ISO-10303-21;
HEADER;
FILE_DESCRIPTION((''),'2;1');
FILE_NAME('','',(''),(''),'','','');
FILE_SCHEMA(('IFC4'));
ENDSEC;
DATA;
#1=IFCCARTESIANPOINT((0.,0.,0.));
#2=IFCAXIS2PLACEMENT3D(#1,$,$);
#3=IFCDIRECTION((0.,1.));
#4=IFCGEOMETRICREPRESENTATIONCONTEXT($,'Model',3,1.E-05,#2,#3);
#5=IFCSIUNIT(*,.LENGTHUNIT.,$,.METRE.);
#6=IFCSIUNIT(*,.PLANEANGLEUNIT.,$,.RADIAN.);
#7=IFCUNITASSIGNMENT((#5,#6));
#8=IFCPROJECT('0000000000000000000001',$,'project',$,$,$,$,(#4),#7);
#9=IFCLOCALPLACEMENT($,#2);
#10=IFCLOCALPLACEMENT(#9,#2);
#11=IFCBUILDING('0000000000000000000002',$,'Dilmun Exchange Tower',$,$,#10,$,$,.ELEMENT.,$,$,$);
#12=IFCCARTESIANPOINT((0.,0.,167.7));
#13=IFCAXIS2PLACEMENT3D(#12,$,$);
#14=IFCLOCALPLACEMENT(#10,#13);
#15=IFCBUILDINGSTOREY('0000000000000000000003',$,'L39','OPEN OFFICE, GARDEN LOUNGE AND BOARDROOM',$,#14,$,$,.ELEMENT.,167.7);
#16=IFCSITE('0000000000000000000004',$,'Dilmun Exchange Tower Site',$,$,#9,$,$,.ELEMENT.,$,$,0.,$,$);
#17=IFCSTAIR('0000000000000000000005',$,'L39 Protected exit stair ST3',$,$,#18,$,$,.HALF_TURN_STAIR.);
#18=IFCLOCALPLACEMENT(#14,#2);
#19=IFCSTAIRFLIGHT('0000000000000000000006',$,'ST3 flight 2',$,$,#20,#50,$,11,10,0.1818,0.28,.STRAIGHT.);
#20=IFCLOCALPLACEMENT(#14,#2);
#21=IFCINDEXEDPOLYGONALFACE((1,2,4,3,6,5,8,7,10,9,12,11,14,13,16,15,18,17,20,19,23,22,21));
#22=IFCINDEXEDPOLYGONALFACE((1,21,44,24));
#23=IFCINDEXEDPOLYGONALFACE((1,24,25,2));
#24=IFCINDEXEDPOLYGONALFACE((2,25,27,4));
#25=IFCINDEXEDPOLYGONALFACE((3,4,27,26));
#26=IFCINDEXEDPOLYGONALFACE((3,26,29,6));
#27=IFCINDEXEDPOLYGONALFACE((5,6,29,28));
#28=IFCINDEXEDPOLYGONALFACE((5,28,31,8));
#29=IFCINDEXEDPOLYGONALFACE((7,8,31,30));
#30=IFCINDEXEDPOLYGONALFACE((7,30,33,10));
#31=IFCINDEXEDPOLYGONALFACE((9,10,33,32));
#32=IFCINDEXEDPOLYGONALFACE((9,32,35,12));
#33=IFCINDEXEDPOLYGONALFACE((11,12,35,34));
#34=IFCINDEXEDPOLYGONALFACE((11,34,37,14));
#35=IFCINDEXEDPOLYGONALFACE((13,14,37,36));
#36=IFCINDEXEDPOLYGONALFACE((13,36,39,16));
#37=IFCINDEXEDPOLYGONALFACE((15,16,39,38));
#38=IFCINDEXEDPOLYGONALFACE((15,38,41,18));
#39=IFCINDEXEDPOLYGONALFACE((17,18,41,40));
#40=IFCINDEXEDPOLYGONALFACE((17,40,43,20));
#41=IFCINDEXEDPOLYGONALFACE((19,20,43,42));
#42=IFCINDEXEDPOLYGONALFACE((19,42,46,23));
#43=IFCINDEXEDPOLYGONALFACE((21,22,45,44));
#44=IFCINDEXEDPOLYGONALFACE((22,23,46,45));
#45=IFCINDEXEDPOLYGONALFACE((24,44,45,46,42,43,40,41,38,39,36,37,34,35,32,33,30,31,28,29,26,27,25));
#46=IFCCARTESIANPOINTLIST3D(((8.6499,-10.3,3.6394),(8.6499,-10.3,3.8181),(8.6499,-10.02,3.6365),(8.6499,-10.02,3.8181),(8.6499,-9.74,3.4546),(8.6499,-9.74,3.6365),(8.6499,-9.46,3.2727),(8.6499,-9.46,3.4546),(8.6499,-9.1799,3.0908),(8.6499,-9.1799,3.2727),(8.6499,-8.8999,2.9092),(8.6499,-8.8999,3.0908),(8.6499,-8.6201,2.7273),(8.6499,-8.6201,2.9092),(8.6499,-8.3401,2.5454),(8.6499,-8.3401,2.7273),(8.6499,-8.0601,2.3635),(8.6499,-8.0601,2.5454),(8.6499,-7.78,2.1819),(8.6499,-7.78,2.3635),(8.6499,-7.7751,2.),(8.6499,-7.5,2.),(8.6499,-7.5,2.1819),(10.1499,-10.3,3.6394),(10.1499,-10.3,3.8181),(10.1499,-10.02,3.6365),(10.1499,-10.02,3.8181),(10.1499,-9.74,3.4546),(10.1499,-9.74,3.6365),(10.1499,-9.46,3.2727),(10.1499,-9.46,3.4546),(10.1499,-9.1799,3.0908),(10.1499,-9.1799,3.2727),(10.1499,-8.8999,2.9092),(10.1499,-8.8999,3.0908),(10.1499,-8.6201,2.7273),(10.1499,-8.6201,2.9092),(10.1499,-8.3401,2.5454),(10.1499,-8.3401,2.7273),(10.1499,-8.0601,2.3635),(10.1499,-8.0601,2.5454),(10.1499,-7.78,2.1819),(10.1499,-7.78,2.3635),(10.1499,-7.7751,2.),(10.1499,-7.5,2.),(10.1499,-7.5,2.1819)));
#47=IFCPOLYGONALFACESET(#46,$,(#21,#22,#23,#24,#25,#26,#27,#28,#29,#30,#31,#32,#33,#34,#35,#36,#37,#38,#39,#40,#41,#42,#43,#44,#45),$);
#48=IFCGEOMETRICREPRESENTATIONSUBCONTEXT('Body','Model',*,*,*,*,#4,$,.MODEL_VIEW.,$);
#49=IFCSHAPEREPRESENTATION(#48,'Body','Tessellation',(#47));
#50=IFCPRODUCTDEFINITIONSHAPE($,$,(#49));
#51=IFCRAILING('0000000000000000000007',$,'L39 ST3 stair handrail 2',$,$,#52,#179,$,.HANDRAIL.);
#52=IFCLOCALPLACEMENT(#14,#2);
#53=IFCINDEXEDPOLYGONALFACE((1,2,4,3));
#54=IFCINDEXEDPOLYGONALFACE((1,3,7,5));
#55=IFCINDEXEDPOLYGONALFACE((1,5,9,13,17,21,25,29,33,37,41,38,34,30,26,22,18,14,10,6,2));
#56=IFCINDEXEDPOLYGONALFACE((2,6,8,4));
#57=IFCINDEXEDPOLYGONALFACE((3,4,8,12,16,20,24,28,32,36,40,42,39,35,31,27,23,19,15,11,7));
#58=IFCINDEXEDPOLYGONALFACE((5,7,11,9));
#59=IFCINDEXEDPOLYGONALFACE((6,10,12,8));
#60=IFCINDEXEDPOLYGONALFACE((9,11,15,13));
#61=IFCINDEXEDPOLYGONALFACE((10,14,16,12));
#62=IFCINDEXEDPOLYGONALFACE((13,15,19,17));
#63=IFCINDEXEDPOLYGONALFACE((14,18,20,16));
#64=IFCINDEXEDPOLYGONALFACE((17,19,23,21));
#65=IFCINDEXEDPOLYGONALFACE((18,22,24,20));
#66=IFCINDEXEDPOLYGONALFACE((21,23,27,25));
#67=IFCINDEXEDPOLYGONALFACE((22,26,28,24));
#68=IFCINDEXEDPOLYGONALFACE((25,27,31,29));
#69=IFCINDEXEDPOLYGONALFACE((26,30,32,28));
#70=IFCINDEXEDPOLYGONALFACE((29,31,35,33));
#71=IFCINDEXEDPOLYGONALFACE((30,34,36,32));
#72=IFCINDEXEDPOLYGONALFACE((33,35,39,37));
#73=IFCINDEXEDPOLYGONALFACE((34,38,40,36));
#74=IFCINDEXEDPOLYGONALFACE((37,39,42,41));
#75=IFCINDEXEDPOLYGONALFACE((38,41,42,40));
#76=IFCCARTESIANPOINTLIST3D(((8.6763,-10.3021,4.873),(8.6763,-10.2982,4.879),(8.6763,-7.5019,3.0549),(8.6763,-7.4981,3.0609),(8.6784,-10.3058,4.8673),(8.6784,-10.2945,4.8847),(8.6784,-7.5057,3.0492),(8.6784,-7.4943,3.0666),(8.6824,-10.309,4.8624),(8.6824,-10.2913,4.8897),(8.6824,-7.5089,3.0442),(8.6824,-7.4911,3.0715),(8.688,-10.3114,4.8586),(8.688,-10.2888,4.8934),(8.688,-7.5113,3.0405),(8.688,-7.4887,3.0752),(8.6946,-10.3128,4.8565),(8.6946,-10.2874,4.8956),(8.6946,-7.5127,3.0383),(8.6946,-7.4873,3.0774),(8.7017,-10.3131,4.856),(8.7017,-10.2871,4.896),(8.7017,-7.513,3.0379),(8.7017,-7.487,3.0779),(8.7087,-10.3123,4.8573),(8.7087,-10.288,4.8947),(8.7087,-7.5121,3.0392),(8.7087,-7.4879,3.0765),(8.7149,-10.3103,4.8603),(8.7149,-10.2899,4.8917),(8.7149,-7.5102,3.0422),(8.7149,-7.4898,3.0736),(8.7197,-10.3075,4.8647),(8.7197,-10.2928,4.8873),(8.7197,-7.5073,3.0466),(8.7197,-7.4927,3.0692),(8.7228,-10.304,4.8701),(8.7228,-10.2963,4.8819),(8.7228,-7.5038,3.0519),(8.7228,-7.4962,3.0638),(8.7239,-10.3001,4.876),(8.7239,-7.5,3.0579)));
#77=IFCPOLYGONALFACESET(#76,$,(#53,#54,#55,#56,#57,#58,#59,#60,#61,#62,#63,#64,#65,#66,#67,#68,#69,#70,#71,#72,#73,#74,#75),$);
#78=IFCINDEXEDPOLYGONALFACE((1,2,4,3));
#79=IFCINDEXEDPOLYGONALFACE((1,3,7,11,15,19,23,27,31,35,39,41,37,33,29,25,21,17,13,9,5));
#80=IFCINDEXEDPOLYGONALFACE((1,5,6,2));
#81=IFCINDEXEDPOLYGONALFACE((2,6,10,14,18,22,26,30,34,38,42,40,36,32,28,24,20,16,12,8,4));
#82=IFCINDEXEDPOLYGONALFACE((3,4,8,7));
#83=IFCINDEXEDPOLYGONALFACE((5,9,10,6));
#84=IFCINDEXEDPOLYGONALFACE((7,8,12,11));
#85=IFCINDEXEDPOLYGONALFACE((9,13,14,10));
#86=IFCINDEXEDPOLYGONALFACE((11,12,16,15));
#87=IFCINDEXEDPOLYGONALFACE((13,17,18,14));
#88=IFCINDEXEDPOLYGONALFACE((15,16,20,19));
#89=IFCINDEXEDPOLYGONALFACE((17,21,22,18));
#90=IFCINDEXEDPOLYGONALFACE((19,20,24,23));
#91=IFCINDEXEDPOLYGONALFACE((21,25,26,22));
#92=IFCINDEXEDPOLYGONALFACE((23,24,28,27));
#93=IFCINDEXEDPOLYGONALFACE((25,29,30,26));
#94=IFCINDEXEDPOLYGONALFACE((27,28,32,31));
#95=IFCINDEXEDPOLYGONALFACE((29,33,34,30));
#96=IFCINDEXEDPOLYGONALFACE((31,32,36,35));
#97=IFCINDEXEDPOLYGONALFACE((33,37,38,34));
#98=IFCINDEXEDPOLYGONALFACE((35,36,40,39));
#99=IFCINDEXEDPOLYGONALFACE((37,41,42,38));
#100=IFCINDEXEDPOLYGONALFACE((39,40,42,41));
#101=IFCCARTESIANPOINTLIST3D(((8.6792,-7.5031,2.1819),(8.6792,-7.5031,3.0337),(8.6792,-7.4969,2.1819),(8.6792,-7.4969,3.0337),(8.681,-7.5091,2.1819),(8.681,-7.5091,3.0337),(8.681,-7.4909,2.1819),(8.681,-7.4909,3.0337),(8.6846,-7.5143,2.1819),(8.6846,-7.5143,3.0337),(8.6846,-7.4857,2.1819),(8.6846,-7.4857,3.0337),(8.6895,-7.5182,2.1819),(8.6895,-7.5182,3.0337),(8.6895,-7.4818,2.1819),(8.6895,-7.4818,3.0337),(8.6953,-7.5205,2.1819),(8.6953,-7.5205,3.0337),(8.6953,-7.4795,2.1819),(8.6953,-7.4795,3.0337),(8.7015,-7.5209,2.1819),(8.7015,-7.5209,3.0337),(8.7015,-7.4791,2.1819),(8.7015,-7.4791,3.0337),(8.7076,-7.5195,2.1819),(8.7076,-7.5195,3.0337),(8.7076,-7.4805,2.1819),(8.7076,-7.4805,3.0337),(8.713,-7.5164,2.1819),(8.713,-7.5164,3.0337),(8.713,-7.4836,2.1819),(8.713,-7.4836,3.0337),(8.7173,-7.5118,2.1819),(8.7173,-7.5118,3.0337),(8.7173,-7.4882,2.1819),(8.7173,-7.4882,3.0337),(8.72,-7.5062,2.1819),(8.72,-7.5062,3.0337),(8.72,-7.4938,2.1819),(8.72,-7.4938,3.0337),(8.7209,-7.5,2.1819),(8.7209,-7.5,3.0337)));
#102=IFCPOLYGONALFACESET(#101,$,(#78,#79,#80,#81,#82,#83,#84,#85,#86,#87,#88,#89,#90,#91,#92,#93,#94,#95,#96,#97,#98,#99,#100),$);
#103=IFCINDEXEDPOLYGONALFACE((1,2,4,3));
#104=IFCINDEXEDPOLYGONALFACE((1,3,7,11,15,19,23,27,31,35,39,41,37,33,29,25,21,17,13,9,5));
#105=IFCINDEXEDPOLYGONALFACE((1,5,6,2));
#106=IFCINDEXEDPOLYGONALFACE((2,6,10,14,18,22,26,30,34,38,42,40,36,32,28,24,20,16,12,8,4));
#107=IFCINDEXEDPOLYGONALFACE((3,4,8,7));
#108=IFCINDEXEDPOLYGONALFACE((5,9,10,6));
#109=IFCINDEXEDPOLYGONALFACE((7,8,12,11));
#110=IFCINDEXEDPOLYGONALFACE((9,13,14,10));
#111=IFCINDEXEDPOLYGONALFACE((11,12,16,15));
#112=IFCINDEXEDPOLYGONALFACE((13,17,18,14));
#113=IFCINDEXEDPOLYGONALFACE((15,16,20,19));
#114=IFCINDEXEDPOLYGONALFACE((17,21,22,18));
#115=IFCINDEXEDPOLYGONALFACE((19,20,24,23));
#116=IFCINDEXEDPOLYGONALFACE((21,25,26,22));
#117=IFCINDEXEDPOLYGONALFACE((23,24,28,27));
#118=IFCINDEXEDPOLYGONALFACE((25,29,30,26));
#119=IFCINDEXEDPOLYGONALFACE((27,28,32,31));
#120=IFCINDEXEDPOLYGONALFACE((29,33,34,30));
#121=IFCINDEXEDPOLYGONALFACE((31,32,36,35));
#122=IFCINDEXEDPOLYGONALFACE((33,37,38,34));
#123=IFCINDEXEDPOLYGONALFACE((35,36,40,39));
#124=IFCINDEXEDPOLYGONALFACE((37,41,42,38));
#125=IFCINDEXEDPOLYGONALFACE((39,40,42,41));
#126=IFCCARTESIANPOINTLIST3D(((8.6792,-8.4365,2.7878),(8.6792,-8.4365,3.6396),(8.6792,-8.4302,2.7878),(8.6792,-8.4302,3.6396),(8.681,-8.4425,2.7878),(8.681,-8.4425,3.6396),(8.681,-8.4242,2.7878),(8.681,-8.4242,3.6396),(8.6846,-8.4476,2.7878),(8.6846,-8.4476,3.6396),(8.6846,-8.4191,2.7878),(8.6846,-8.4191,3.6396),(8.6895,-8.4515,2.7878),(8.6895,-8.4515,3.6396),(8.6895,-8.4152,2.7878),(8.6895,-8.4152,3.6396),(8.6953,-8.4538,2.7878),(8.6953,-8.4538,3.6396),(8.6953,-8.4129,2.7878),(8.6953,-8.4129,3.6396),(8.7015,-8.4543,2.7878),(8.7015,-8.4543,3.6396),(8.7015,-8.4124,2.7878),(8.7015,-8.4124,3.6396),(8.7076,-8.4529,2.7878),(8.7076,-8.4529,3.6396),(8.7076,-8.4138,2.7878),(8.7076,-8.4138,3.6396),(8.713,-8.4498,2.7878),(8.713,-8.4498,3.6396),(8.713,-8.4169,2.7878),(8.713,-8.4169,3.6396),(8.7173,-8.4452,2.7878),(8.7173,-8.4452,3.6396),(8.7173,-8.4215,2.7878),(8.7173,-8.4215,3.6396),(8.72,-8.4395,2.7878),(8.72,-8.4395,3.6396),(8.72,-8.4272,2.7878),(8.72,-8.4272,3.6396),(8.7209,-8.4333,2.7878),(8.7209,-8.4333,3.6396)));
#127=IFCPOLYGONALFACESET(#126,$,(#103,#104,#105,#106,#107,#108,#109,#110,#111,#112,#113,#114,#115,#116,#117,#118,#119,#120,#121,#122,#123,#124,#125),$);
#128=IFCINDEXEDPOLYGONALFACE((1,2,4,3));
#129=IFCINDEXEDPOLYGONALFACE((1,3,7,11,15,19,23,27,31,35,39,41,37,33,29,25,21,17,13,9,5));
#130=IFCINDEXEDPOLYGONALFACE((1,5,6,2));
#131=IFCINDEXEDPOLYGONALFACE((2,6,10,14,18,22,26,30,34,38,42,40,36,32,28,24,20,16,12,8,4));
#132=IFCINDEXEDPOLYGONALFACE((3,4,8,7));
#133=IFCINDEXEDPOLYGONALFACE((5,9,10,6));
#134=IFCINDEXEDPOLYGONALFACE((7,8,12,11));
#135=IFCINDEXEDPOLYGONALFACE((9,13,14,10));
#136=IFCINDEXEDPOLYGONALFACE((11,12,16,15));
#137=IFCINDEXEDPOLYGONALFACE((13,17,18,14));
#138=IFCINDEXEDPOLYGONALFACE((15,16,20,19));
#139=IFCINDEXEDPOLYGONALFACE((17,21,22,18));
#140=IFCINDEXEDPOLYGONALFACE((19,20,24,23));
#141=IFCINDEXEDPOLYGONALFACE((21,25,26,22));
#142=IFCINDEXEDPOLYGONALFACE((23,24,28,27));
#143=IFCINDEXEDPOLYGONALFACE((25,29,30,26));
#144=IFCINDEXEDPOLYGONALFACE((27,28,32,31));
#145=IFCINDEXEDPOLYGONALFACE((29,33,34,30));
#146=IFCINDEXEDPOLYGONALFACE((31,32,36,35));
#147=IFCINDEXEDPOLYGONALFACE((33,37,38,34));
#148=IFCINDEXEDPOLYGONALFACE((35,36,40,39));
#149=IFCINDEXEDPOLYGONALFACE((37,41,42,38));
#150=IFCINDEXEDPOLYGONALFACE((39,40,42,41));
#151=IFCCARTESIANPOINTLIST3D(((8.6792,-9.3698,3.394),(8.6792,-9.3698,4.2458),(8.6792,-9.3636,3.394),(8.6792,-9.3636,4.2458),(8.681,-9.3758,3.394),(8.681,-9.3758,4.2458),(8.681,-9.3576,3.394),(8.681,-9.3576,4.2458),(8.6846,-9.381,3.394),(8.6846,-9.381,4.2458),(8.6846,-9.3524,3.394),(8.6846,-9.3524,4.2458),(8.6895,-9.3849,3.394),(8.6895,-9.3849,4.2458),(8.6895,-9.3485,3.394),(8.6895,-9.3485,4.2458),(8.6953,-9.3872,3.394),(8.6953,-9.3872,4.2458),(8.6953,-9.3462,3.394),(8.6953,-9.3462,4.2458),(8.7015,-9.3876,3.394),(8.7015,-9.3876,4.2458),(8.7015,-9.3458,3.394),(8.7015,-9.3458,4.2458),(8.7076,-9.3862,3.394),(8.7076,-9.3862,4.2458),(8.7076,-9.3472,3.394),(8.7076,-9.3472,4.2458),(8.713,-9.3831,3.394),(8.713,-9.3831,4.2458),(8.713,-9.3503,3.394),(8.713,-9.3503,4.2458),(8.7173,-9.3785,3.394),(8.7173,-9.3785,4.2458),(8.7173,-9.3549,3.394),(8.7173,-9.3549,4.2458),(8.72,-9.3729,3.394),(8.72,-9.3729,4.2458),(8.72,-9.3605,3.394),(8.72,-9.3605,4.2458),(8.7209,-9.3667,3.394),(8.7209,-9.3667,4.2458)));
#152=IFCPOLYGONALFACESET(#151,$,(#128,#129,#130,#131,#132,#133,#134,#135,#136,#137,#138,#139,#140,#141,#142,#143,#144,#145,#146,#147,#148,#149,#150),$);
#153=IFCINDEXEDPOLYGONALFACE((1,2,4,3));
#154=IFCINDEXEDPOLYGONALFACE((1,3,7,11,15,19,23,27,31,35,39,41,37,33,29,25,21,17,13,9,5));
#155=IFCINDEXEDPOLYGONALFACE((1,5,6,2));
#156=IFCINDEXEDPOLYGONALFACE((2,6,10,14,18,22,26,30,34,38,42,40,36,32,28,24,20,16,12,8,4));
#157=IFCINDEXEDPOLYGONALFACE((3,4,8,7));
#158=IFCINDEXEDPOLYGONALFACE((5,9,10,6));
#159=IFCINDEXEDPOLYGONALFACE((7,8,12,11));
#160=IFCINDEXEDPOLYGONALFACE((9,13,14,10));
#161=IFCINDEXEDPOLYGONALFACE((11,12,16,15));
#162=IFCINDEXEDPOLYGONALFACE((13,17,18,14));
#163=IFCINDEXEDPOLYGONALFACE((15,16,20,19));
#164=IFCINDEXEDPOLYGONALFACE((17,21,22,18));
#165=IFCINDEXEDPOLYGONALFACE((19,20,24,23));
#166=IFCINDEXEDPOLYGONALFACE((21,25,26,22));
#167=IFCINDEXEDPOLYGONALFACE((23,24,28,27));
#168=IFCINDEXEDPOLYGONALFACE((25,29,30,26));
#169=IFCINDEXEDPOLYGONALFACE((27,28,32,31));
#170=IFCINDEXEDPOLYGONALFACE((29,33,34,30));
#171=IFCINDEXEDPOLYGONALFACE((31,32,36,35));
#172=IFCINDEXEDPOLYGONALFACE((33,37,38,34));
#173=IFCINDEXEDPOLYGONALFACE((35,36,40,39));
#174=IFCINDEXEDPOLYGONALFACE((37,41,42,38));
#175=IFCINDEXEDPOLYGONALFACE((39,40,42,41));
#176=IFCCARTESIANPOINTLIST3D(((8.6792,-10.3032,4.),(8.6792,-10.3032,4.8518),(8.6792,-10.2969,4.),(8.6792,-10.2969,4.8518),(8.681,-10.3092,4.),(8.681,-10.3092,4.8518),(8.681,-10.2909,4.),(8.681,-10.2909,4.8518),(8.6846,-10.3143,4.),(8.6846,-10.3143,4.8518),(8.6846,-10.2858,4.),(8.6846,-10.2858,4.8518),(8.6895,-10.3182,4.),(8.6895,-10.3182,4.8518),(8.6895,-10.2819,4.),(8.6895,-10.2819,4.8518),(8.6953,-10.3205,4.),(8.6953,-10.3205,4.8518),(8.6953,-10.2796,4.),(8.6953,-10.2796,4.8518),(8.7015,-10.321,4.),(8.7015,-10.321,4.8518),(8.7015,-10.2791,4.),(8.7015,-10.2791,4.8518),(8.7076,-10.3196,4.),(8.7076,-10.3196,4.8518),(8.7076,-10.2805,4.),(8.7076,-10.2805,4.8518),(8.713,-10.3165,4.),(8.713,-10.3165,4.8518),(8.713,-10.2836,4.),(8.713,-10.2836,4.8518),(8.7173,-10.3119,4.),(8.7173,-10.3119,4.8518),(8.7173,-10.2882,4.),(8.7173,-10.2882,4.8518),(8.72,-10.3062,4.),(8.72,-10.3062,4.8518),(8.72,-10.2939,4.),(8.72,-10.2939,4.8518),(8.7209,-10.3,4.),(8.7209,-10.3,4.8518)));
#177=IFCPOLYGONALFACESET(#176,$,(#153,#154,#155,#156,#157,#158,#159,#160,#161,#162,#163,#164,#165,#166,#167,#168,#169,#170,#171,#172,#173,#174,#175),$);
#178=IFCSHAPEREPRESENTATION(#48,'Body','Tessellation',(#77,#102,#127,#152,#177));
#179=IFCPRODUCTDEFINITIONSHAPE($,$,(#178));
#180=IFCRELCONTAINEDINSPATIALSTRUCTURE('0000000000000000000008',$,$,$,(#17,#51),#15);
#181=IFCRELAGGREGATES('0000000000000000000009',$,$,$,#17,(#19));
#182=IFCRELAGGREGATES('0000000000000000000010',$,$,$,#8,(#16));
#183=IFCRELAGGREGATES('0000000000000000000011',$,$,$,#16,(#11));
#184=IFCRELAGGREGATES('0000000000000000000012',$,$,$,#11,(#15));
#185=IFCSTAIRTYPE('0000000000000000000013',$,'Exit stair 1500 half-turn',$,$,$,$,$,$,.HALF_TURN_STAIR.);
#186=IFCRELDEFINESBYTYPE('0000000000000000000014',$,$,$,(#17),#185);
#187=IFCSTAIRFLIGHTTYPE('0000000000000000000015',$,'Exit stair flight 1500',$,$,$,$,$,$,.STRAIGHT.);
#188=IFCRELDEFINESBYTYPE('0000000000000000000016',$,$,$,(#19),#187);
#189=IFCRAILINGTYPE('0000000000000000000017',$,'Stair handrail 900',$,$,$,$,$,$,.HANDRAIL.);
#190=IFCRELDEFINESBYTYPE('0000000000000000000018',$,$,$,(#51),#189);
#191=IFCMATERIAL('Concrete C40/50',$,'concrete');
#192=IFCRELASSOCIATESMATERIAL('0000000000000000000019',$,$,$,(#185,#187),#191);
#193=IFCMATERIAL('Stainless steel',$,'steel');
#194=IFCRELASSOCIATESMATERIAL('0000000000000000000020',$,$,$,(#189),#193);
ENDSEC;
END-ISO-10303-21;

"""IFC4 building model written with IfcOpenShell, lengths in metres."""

from ifc_helpers import new_model, si_unit, direction, frame, origin, origin_2d, place, context, subcontext, project, spatial, polyline, circle, outline, extrude, material, type_object, element, aggregate, save


model = new_model("IFC4")

# Units and contexts
model_context = context("Model", 3, precision=1e-05, world=origin(), true_north=direction((0.0, 1.0)))
body_context = subcontext(model_context, "Body", "Model", "MODEL_VIEW")
ifc_project = project(units=[si_unit("LENGTHUNIT", "METRE"), si_unit("PLANEANGLEUNIT", "RADIAN")], contexts=[model_context])

# Site, building, storey
site_placement = place(None, origin())
site = spatial("IfcSite", under=ifc_project, at=site_placement, Name="Dilmun Exchange Tower Site", CompositionType="ELEMENT", RefElevation=0.0)
building_placement = place(site_placement, origin())
building = spatial("IfcBuilding", under=site, at=building_placement, Name="Dilmun Exchange Tower", CompositionType="ELEMENT")
storey_placement = place(building_placement, frame((0.0, 0.0, 167.7)))
storey = spatial("IfcBuildingStorey", under=building, at=storey_placement, Name="L39", Description="OPEN OFFICE, GARDEN LOUNGE AND BOARDROOM", CompositionType="ELEMENT", Elevation=167.7)

# Shared definitions
ifc_material_1 = material(Name="Concrete C40/50", Category="concrete")

# Stair, stair flight
stair_type = type_object("IfcStairType", Name="Exit stair 1500 half-turn", PredefinedType="HALF_TURN_STAIR", material=ifc_material_1)
stair_placement = place(storey_placement, origin())
stair = element("IfcStair", 1, at=stair_placement, inside=storey, type_object=stair_type, Name="L39 Protected exit stair ST3", PredefinedType="HALF_TURN_STAIR")
stair_flight_type = type_object("IfcStairFlightType", Name="Exit stair flight 1500", PredefinedType="STRAIGHT", material=ifc_material_1)
stair_flight_1_placement = place(storey_placement, frame((9.3999, -7.5, 2.0), z_axis=(0.0, 0.0, 1.0), x_axis=(0.0, -1.0, 0.0)))
stair_flight_1 = element("IfcStairFlight", 2, at=stair_flight_1_placement, type_object=stair_flight_type, Name="ST3 flight 2", NumberOfRisers=11, NumberOfTreads=10, PredefinedType="STRAIGHT", RiserHeight=0.1818, TreadLength=0.28, context=body_context, shape_type="SweptSolid", body=[
    extrude(outline(polyline([(0.0, 0.0), (0.0, 0.1819), (0.28, 0.1819), (0.28, 0.3635), (0.5601, 0.3635), (0.5601, 0.5454), (0.8401, 0.5454), (0.8401, 0.7273), (1.1201, 0.7273), (1.1201, 0.9092), (1.3999, 0.9092), (1.3999, 1.0908), (1.6799, 1.0908), (1.6799, 1.2727), (1.96, 1.2727), (1.96, 1.4546), (2.24, 1.4546), (2.24, 1.6365), (2.52, 1.6365), (2.52, 1.8181), (2.8, 1.8181), (2.8, 2.0), (2.8, 1.6394), (0.2751, 0.0), (0.0, 0.0)])), frame((0.0, 0.75, 0.0), z_axis=(0.0, -1.0, 0.0), x_axis=(1.0, 0.0, 0.0)), (0.0, 0.0, 1.0), 1.5),
])
aggregate(stair, [stair_flight_1])

# Railing
ifc_material_2 = material(Name="Stainless steel", Category="steel")
railing_type = type_object("IfcRailingType", Name="Stair handrail 900", PredefinedType="HANDRAIL", material=ifc_material_2)
railing_placement = place(storey_placement, frame((8.7, -7.5, 2.1819)))
element("IfcRailing", 3, at=railing_placement, inside=storey, type_object=railing_type, Name="L39 ST3 stair handrail 2", PredefinedType="HANDRAIL", context=body_context, shape_type="SweptSolid", body=[
    extrude(circle(Radius=0.0239, at=origin_2d()), frame((0.0, 0.0, 0.876), z_axis=(0.0, -0.838706, 0.544585), x_axis=(1.0, 0.0, 0.0)), (0.0, 0.0, 1.0), 3.3386),
    extrude(circle(Radius=0.021, at=origin_2d()), origin(), (0.0, 0.0, 1.0), 0.8518),
    extrude(circle(Radius=0.021, at=origin_2d()), frame((0.0, -0.9333, 0.606)), (0.0, 0.0, 1.0), 0.8518),
    extrude(circle(Radius=0.021, at=origin_2d()), frame((0.0, -1.8667, 1.2122)), (0.0, 0.0, 1.0), 0.8518),
    extrude(circle(Radius=0.021, at=origin_2d()), frame((0.0, -2.8, 1.8181)), (0.0, 0.0, 1.0), 0.8518),
])

save(model, "model.ifc")
